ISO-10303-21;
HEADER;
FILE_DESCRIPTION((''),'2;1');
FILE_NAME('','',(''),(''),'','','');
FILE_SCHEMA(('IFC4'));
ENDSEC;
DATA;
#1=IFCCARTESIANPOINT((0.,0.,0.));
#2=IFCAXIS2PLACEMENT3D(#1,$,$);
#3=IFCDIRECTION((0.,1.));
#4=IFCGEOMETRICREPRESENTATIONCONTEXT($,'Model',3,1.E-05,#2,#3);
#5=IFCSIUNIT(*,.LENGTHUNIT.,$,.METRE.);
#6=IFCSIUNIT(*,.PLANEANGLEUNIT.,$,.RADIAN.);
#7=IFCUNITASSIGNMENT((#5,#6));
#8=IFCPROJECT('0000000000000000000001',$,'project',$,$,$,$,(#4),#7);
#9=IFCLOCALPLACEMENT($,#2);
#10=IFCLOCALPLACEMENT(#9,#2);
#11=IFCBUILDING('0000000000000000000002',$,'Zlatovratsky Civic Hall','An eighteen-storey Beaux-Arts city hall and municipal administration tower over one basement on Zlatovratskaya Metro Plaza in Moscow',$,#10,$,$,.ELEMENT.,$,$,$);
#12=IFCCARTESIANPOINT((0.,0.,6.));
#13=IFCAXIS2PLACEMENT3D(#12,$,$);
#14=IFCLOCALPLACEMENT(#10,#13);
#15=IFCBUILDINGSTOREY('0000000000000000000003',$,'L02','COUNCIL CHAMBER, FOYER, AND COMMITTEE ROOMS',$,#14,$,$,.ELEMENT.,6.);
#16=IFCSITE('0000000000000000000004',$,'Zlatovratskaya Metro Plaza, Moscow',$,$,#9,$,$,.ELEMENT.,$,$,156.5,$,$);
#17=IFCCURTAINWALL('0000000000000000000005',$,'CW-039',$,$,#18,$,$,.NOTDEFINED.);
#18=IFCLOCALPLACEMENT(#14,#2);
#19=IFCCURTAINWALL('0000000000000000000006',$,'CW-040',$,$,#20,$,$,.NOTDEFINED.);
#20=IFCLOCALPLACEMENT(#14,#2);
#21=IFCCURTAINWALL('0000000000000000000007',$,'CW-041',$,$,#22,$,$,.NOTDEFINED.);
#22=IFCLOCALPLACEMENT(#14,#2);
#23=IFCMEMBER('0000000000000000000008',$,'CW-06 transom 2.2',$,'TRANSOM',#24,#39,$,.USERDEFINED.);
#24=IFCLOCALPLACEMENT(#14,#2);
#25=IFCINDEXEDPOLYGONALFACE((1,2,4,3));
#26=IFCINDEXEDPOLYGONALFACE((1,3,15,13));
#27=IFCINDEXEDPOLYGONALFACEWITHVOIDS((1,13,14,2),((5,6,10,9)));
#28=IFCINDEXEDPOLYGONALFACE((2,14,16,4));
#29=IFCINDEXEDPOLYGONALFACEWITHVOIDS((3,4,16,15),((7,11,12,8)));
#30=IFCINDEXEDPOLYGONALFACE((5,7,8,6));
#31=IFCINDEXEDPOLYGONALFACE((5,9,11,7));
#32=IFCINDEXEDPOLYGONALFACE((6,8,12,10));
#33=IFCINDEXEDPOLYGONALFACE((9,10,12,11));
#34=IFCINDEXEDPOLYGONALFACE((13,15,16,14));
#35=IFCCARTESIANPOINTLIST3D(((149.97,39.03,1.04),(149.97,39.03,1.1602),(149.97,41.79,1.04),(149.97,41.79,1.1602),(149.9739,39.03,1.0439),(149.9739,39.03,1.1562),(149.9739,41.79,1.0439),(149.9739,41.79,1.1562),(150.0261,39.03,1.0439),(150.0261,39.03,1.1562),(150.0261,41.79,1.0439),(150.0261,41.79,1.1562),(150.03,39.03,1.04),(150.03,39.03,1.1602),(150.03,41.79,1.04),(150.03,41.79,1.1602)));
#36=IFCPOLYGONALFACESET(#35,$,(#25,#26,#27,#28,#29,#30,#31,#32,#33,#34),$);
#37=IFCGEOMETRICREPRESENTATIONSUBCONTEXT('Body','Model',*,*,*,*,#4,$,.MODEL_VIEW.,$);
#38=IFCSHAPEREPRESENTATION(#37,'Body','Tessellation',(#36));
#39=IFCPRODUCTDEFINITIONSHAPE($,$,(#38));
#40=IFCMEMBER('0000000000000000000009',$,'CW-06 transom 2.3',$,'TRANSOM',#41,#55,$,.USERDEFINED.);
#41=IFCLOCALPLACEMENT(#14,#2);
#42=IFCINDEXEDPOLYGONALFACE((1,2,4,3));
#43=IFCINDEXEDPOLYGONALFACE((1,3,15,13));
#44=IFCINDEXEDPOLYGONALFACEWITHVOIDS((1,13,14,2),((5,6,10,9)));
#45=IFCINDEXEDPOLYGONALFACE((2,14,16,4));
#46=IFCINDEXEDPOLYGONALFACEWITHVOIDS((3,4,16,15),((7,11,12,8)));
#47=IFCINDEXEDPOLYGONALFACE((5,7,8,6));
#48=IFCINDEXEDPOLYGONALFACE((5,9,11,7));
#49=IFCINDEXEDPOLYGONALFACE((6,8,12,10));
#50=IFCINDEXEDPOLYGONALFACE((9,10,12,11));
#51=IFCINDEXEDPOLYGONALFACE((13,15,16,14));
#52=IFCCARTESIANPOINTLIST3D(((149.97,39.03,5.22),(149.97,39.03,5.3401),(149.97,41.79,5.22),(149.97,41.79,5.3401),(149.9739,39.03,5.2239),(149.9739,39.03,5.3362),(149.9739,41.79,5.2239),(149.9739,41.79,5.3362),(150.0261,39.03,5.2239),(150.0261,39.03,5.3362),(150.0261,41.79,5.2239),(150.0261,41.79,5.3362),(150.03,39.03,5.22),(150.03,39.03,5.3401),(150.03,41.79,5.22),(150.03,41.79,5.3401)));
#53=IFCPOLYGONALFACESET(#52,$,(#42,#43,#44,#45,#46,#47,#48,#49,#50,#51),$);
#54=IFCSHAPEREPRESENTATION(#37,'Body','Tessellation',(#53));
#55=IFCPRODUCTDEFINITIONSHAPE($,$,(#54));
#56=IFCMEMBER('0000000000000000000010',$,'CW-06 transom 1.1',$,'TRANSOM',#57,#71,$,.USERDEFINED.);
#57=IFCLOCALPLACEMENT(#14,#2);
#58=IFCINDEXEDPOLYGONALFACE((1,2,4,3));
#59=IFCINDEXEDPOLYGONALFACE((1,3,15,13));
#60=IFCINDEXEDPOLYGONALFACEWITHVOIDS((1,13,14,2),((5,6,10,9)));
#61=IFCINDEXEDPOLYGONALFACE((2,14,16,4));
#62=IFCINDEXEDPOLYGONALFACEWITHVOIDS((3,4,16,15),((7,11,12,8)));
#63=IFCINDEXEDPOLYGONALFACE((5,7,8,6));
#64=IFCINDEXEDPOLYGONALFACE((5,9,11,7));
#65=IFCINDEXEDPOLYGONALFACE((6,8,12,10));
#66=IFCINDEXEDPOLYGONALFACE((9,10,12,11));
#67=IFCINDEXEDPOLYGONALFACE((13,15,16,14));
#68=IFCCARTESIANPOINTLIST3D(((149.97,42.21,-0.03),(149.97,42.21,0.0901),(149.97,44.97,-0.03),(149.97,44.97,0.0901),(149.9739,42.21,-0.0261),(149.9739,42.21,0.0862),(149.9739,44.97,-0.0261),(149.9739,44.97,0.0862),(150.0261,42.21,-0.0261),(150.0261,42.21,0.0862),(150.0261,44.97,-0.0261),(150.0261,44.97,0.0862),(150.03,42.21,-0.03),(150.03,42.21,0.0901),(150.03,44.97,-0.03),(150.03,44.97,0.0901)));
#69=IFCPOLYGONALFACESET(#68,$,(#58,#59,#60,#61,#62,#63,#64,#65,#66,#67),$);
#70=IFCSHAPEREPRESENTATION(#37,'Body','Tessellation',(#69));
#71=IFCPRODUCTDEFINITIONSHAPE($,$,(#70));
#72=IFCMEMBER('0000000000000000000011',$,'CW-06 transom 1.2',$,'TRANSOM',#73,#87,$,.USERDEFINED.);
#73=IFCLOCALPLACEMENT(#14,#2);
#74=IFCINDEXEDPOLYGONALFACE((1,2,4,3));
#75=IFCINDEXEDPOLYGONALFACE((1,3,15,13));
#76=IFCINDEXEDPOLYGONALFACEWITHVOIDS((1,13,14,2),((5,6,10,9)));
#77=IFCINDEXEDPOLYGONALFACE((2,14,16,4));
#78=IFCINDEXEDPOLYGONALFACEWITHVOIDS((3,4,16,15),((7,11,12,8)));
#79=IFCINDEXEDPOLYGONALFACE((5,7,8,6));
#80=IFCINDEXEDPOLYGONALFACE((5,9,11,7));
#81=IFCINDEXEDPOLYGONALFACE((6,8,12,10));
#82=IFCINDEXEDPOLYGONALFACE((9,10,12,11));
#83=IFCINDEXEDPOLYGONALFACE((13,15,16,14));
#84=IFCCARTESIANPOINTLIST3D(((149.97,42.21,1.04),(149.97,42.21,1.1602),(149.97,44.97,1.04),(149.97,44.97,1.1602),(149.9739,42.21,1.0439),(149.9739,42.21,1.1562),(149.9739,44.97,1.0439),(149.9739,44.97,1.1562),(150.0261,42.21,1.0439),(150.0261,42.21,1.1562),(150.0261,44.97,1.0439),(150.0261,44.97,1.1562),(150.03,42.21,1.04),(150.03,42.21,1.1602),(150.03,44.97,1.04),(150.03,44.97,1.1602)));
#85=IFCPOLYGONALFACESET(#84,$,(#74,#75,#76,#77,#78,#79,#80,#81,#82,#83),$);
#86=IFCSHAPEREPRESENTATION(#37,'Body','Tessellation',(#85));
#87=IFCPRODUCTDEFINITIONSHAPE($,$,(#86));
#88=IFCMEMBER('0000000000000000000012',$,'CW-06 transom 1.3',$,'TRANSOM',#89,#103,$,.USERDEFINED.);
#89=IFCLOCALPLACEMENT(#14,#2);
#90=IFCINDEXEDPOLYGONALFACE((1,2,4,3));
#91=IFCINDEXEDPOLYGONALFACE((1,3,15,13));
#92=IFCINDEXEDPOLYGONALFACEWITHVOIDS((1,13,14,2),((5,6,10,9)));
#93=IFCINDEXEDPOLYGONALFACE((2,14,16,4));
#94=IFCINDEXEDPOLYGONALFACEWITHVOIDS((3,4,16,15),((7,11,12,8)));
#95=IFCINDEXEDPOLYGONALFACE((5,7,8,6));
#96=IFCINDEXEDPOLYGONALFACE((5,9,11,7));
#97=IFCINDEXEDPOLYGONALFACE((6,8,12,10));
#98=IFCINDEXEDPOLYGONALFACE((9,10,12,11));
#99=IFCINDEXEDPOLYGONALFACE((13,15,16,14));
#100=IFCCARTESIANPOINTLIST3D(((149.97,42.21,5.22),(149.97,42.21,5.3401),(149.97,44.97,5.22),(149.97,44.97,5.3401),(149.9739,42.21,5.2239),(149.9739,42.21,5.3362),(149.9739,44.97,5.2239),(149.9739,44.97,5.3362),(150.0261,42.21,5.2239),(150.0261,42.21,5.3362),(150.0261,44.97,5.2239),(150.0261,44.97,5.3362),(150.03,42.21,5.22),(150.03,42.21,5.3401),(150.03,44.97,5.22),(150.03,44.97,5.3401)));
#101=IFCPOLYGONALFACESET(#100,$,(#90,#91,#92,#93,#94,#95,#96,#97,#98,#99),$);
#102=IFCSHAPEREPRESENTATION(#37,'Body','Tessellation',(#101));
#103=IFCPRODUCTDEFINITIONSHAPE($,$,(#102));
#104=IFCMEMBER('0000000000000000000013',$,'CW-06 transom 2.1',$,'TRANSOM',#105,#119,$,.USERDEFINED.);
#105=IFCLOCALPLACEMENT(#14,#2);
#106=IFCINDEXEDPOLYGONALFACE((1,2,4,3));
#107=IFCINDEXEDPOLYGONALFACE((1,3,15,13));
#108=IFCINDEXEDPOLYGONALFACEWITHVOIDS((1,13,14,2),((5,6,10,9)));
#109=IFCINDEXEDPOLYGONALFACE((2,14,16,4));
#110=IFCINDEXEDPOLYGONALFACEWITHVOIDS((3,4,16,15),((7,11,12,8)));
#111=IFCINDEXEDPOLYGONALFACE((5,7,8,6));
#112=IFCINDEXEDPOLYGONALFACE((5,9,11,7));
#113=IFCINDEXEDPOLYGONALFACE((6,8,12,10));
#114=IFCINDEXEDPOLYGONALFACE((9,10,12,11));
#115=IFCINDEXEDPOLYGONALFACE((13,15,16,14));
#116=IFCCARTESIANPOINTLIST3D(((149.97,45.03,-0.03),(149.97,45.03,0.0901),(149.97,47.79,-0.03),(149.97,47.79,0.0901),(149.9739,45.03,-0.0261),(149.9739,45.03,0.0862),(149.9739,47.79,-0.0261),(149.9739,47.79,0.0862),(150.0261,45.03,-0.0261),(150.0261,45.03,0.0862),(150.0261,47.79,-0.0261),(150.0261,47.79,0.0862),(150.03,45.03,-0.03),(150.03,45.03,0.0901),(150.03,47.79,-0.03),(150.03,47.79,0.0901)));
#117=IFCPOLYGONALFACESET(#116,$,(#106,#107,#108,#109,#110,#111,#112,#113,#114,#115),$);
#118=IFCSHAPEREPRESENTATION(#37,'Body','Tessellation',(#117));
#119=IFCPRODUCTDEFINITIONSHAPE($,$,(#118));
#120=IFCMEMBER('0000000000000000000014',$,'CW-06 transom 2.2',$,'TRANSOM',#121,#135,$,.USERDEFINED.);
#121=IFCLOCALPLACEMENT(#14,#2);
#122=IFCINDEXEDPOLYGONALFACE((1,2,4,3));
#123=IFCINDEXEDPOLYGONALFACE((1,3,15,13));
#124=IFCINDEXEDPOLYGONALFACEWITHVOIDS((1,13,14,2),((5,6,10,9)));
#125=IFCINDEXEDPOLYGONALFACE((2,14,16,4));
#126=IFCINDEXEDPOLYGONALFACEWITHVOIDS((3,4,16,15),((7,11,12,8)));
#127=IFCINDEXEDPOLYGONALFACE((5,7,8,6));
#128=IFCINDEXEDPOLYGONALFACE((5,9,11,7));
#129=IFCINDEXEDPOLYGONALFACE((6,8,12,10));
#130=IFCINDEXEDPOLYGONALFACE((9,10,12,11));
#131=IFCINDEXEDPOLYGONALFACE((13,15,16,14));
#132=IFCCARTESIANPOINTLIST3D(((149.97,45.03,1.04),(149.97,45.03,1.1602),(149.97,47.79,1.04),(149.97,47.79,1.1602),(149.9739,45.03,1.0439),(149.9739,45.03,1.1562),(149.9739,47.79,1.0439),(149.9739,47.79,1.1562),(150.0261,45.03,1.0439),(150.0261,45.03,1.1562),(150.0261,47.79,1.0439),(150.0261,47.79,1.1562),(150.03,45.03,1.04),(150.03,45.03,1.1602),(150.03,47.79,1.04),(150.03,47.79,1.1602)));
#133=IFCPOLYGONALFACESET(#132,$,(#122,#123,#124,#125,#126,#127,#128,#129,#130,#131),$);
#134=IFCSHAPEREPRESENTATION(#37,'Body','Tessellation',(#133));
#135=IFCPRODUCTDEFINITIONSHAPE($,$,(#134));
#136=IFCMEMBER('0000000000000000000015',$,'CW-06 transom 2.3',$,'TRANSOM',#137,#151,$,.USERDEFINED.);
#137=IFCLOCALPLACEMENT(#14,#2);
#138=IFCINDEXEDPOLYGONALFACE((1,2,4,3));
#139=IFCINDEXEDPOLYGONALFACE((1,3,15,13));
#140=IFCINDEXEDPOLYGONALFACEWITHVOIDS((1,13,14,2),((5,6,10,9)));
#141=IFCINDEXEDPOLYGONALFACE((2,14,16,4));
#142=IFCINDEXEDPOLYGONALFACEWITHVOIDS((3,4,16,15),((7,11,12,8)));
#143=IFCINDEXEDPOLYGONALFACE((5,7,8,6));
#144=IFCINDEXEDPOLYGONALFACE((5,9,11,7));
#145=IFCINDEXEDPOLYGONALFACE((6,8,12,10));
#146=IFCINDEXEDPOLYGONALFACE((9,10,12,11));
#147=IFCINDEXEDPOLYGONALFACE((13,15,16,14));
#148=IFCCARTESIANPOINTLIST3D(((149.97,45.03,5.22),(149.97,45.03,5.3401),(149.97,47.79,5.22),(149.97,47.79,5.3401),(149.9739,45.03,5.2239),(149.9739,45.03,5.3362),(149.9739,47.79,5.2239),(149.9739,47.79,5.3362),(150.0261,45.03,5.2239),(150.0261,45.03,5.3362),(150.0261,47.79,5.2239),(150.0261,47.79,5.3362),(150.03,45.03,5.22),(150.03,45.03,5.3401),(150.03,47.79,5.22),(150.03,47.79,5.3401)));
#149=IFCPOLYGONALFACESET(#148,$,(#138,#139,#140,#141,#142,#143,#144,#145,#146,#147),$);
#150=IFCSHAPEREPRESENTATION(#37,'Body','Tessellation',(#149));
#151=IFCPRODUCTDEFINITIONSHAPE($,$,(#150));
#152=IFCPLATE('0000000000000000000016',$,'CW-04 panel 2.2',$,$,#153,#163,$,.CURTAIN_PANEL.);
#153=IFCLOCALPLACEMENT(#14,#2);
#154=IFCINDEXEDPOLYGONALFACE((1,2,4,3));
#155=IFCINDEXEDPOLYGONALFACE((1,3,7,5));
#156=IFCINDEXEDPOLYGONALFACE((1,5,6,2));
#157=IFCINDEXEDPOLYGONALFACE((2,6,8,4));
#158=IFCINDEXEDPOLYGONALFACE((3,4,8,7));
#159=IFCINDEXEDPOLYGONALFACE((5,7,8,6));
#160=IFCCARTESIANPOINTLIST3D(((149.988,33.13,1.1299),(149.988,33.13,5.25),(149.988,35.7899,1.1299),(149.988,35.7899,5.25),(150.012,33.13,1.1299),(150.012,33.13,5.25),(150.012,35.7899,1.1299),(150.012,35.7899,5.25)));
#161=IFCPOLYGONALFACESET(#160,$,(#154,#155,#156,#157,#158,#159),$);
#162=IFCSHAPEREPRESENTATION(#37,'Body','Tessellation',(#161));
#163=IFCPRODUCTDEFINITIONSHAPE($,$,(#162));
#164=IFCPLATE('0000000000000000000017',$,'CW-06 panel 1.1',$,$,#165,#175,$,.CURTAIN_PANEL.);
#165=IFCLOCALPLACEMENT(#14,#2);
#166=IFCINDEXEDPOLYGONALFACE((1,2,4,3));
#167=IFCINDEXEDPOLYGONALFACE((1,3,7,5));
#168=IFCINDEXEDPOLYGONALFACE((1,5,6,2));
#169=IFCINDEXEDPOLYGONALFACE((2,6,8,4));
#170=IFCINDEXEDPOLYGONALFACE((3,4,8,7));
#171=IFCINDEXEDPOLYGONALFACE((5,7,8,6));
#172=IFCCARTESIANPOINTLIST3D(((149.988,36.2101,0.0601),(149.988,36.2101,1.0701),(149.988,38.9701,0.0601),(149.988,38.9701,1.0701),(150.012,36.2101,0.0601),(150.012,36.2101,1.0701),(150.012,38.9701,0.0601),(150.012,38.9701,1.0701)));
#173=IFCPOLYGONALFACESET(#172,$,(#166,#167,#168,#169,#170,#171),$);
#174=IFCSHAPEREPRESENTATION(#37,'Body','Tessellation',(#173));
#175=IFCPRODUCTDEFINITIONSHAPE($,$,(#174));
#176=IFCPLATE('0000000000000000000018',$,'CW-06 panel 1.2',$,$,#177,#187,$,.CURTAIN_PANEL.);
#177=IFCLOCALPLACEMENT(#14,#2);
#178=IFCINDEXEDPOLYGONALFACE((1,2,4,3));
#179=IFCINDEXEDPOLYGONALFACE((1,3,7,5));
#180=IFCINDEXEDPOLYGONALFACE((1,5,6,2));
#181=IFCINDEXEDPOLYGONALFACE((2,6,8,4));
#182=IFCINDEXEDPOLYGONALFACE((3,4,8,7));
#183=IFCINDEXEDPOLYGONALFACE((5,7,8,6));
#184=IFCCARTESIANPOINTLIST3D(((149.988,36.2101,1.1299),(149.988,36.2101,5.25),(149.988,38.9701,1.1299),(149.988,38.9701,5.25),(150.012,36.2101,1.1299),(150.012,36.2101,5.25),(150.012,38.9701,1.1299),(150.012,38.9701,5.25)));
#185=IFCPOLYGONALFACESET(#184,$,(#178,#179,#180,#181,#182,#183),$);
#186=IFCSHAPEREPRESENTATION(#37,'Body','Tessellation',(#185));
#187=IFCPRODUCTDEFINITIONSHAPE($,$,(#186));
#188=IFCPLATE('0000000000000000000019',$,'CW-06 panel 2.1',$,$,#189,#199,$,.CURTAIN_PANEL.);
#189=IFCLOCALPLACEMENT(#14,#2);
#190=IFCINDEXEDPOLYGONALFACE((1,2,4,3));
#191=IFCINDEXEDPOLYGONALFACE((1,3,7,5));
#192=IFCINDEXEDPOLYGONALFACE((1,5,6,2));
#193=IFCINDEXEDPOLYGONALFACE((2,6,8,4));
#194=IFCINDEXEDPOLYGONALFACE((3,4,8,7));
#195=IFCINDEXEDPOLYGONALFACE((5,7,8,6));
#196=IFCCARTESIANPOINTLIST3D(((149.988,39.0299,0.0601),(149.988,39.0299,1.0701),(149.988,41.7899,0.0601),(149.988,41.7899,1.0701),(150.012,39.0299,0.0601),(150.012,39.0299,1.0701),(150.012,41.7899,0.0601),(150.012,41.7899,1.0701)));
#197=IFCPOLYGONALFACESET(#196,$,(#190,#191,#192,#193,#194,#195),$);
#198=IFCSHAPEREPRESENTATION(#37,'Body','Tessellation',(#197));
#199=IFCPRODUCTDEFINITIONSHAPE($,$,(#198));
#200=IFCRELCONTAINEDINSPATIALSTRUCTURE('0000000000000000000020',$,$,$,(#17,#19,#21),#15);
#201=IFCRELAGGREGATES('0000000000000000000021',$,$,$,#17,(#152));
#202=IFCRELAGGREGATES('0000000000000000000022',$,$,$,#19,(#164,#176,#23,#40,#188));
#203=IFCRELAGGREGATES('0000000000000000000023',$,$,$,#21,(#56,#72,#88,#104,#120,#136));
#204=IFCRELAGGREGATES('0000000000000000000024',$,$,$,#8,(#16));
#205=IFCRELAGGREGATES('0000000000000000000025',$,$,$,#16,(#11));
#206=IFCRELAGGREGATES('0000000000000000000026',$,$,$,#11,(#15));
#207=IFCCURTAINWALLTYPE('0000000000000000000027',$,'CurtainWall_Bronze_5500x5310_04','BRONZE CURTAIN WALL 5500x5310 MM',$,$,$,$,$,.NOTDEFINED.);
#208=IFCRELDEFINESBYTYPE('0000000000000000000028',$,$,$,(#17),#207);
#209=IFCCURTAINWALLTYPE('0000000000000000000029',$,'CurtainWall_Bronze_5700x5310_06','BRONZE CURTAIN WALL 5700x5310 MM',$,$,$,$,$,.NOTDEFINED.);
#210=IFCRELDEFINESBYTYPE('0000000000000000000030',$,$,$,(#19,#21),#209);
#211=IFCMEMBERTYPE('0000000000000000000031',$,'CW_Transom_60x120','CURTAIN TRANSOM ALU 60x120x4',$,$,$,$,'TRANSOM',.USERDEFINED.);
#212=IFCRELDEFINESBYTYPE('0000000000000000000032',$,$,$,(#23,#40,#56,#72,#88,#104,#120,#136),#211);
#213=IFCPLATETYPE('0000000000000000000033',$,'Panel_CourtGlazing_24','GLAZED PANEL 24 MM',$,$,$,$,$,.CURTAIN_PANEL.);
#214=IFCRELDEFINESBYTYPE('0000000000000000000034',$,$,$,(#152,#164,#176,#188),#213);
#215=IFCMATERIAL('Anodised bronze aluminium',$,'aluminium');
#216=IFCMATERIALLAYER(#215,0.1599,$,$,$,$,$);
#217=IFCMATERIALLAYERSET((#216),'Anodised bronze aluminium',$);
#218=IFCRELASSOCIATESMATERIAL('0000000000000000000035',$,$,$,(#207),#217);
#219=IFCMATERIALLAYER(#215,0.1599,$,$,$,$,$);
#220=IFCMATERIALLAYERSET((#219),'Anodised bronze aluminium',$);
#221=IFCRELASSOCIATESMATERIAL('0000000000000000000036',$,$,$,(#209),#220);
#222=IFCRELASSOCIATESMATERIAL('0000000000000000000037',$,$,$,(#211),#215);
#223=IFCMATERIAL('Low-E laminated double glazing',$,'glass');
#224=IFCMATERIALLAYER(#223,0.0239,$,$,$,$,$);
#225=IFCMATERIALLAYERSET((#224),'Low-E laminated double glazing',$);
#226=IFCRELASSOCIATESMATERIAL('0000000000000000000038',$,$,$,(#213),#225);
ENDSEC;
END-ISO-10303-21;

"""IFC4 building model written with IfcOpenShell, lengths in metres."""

from ifc_helpers import new_model, si_unit, direction, frame, origin, origin_2d, place, context, subcontext, project, spatial, rectangle, hollow_rectangle, extrude, material, layer, layer_set, material_profile, profile_set, type_object, element, aggregate, save


model = new_model("IFC4")

# Units and contexts
model_context = context("Model", 3, precision=1e-05, world=origin(), true_north=direction((0.0, 1.0)))
body_context = subcontext(model_context, "Body", "Model", "MODEL_VIEW")
ifc_project = project(units=[si_unit("LENGTHUNIT", "METRE"), si_unit("PLANEANGLEUNIT", "RADIAN")], contexts=[model_context])

# Site, building, storey
site_placement = place(None, origin())
site = spatial("IfcSite", under=ifc_project, at=site_placement, Name="Zlatovratskaya Metro Plaza, Moscow", CompositionType="ELEMENT", RefElevation=156.5)
building_placement = place(site_placement, origin())
building = spatial("IfcBuilding", under=site, at=building_placement, Name="Zlatovratsky Civic Hall", Description="An eighteen-storey Beaux-Arts city hall and municipal administration tower over one basement on Zlatovratskaya Metro Plaza in Moscow", CompositionType="ELEMENT")
storey_placement = place(building_placement, frame((0.0, 0.0, 6.0)))
storey = spatial("IfcBuildingStorey", under=building, at=storey_placement, Name="L02", Description="COUNCIL CHAMBER, FOYER, AND COMMITTEE ROOMS", CompositionType="ELEMENT", Elevation=6.0)

# Curtain wall
ifc_material_1 = material(Name="Anodised bronze aluminium", Category="aluminium")
ifc_layer_1 = layer(ifc_material_1, 0.1599)
ifc_layer_set_1 = layer_set([ifc_layer_1], Name="Anodised bronze aluminium")
curtain_wall_type_1 = type_object("IfcCurtainWallType", Name="CurtainWall_Bronze_5500x5310_04", Description="BRONZE CURTAIN WALL 5500x5310 MM", PredefinedType="NOTDEFINED", material=ifc_layer_set_1)
curtain_wall_1_placement = place(storey_placement, origin())
curtain_wall_1 = element("IfcCurtainWall", 1, at=curtain_wall_1_placement, inside=storey, type_object=curtain_wall_type_1, Name="CW-039", PredefinedType="NOTDEFINED")

# Curtain walls
ifc_layer_2 = layer(ifc_material_1, 0.1599)
ifc_layer_set_2 = layer_set([ifc_layer_2], Name="Anodised bronze aluminium")
curtain_wall_type_2 = type_object("IfcCurtainWallType", Name="CurtainWall_Bronze_5700x5310_06", Description="BRONZE CURTAIN WALL 5700x5310 MM", PredefinedType="NOTDEFINED", material=ifc_layer_set_2)
curtain_wall_2_placement = place(storey_placement, origin())
curtain_wall_2 = element("IfcCurtainWall", 2, at=curtain_wall_2_placement, inside=storey, type_object=curtain_wall_type_2, Name="CW-040", PredefinedType="NOTDEFINED")
curtain_wall_3_placement = place(storey_placement, origin())
curtain_wall_3 = element("IfcCurtainWall", 3, at=curtain_wall_3_placement, inside=storey, type_object=curtain_wall_type_2, Name="CW-041", PredefinedType="NOTDEFINED")

# Members
ifc_material_profile_1 = material_profile(ifc_material_1, hollow_rectangle(XDim=0.0601, YDim=0.1201, WallThickness=0.0039, at=origin_2d()), Name="ALU 60x120x4")
ifc_profile_set_1 = profile_set([ifc_material_profile_1], Name="Anodised bronze aluminium")
member_type_1 = type_object("IfcMemberType", Name="CW_Transom_60x120", Description="CURTAIN TRANSOM ALU 60x120x4", ElementType="TRANSOM", PredefinedType="USERDEFINED", material=ifc_profile_set_1)
member_1_placement = place(storey_placement, frame((150.0, 39.03, 1.1001), z_axis=(0.0, 1.0, 0.0), x_axis=(-1.0, 0.0, 0.0)))
member_1 = element("IfcMember", 4, at=member_1_placement, type_object=member_type_1, Name="CW-06 transom 2.2", ObjectType="TRANSOM", PredefinedType="USERDEFINED", context=body_context, shape_type="SweptSolid", body=[
    extrude(hollow_rectangle(XDim=0.0601, YDim=0.1201, WallThickness=0.0039, at=origin_2d()), origin(), (0.0, 0.0, 1.0), 2.76),
])
member_2_placement = place(storey_placement, frame((150.0, 39.03, 5.28), z_axis=(0.0, 1.0, 0.0), x_axis=(-1.0, 0.0, 0.0)))
member_2 = element("IfcMember", 5, at=member_2_placement, type_object=member_type_1, Name="CW-06 transom 2.3", ObjectType="TRANSOM", PredefinedType="USERDEFINED", context=body_context, shape_type="SweptSolid", body=[
    extrude(hollow_rectangle(XDim=0.0601, YDim=0.1201, WallThickness=0.0039, at=origin_2d()), origin(), (0.0, 0.0, 1.0), 2.76),
])
member_3_placement = place(storey_placement, frame((150.0, 42.21, 0.03), z_axis=(0.0, 1.0, 0.0), x_axis=(-1.0, 0.0, 0.0)))
member_3 = element("IfcMember", 6, at=member_3_placement, type_object=member_type_1, Name="CW-06 transom 1.1", ObjectType="TRANSOM", PredefinedType="USERDEFINED", context=body_context, shape_type="SweptSolid", body=[
    extrude(hollow_rectangle(XDim=0.0601, YDim=0.1201, WallThickness=0.0039, at=origin_2d()), origin(), (0.0, 0.0, 1.0), 2.76),
])
member_4_placement = place(storey_placement, frame((150.0, 42.21, 1.1001), z_axis=(0.0, 1.0, 0.0), x_axis=(-1.0, 0.0, 0.0)))
member_4 = element("IfcMember", 7, at=member_4_placement, type_object=member_type_1, Name="CW-06 transom 1.2", ObjectType="TRANSOM", PredefinedType="USERDEFINED", context=body_context, shape_type="SweptSolid", body=[
    extrude(hollow_rectangle(XDim=0.0601, YDim=0.1201, WallThickness=0.0039, at=origin_2d()), origin(), (0.0, 0.0, 1.0), 2.76),
])
member_5_placement = place(storey_placement, frame((150.0, 42.21, 5.28), z_axis=(0.0, 1.0, 0.0), x_axis=(-1.0, 0.0, 0.0)))
member_5 = element("IfcMember", 8, at=member_5_placement, type_object=member_type_1, Name="CW-06 transom 1.3", ObjectType="TRANSOM", PredefinedType="USERDEFINED", context=body_context, shape_type="SweptSolid", body=[
    extrude(hollow_rectangle(XDim=0.0601, YDim=0.1201, WallThickness=0.0039, at=origin_2d()), origin(), (0.0, 0.0, 1.0), 2.76),
])
member_6_placement = place(storey_placement, frame((150.0, 45.03, 0.03), z_axis=(0.0, 1.0, 0.0), x_axis=(-1.0, 0.0, 0.0)))
member_6 = element("IfcMember", 9, at=member_6_placement, type_object=member_type_1, Name="CW-06 transom 2.1", ObjectType="TRANSOM", PredefinedType="USERDEFINED", context=body_context, shape_type="SweptSolid", body=[
    extrude(hollow_rectangle(XDim=0.0601, YDim=0.1201, WallThickness=0.0039, at=origin_2d()), origin(), (0.0, 0.0, 1.0), 2.76),
])
member_7_placement = place(storey_placement, frame((150.0, 45.03, 1.1001), z_axis=(0.0, 1.0, 0.0), x_axis=(-1.0, 0.0, 0.0)))
member_7 = element("IfcMember", 10, at=member_7_placement, type_object=member_type_1, Name="CW-06 transom 2.2", ObjectType="TRANSOM", PredefinedType="USERDEFINED", context=body_context, shape_type="SweptSolid", body=[
    extrude(hollow_rectangle(XDim=0.0601, YDim=0.1201, WallThickness=0.0039, at=origin_2d()), origin(), (0.0, 0.0, 1.0), 2.76),
])
member_8_placement = place(storey_placement, frame((150.0, 45.03, 5.28), z_axis=(0.0, 1.0, 0.0), x_axis=(-1.0, 0.0, 0.0)))
member_8 = element("IfcMember", 11, at=member_8_placement, type_object=member_type_1, Name="CW-06 transom 2.3", ObjectType="TRANSOM", PredefinedType="USERDEFINED", context=body_context, shape_type="SweptSolid", body=[
    extrude(hollow_rectangle(XDim=0.0601, YDim=0.1201, WallThickness=0.0039, at=origin_2d()), origin(), (0.0, 0.0, 1.0), 2.76),
])

# Plates
ifc_material_2 = material(Name="Low-E laminated double glazing", Category="glass")
ifc_layer_3 = layer(ifc_material_2, 0.0239)
ifc_layer_set_3 = layer_set([ifc_layer_3], Name="Low-E laminated double glazing")
plate_type = type_object("IfcPlateType", Name="Panel_CourtGlazing_24", Description="GLAZED PANEL 24 MM", PredefinedType="CURTAIN_PANEL", material=ifc_layer_set_3)
plate_1_placement = place(storey_placement, frame((150.0, 34.46, 1.1299), z_axis=(0.0, 0.0, 1.0), x_axis=(0.0, 1.0, 0.0)))
plate_1 = element("IfcPlate", 12, at=plate_1_placement, type_object=plate_type, Name="CW-04 panel 2.2", PredefinedType="CURTAIN_PANEL", context=body_context, shape_type="SweptSolid", body=[
    extrude(rectangle(XDim=2.6599, YDim=0.0239, at=origin_2d()), origin(), (0.0, 0.0, 1.0), 4.1201),
])
aggregate(curtain_wall_1, [plate_1])
plate_2_placement = place(storey_placement, frame((150.0, 37.5901, 0.0601), z_axis=(0.0, 0.0, 1.0), x_axis=(0.0, 1.0, 0.0)))
plate_2 = element("IfcPlate", 13, at=plate_2_placement, type_object=plate_type, Name="CW-06 panel 1.1", PredefinedType="CURTAIN_PANEL", context=body_context, shape_type="SweptSolid", body=[
    extrude(rectangle(XDim=2.76, YDim=0.0239, at=origin_2d()), origin(), (0.0, 0.0, 1.0), 1.01),
])
plate_3_placement = place(storey_placement, frame((150.0, 37.5901, 1.1299), z_axis=(0.0, 0.0, 1.0), x_axis=(0.0, 1.0, 0.0)))
plate_3 = element("IfcPlate", 14, at=plate_3_placement, type_object=plate_type, Name="CW-06 panel 1.2", PredefinedType="CURTAIN_PANEL", context=body_context, shape_type="SweptSolid", body=[
    extrude(rectangle(XDim=2.76, YDim=0.0239, at=origin_2d()), origin(), (0.0, 0.0, 1.0), 4.1201),
])
plate_4_placement = place(storey_placement, frame((150.0, 40.4099, 0.0601), z_axis=(0.0, 0.0, 1.0), x_axis=(0.0, 1.0, 0.0)))
plate_4 = element("IfcPlate", 15, at=plate_4_placement, type_object=plate_type, Name="CW-06 panel 2.1", PredefinedType="CURTAIN_PANEL", context=body_context, shape_type="SweptSolid", body=[
    extrude(rectangle(XDim=2.76, YDim=0.0239, at=origin_2d()), origin(), (0.0, 0.0, 1.0), 1.01),
])
aggregate(curtain_wall_2, [plate_2, plate_3, member_1, member_2, plate_4])
aggregate(curtain_wall_3, [member_3, member_4, member_5, member_6, member_7, member_8])

save(model, "model.ifc")
